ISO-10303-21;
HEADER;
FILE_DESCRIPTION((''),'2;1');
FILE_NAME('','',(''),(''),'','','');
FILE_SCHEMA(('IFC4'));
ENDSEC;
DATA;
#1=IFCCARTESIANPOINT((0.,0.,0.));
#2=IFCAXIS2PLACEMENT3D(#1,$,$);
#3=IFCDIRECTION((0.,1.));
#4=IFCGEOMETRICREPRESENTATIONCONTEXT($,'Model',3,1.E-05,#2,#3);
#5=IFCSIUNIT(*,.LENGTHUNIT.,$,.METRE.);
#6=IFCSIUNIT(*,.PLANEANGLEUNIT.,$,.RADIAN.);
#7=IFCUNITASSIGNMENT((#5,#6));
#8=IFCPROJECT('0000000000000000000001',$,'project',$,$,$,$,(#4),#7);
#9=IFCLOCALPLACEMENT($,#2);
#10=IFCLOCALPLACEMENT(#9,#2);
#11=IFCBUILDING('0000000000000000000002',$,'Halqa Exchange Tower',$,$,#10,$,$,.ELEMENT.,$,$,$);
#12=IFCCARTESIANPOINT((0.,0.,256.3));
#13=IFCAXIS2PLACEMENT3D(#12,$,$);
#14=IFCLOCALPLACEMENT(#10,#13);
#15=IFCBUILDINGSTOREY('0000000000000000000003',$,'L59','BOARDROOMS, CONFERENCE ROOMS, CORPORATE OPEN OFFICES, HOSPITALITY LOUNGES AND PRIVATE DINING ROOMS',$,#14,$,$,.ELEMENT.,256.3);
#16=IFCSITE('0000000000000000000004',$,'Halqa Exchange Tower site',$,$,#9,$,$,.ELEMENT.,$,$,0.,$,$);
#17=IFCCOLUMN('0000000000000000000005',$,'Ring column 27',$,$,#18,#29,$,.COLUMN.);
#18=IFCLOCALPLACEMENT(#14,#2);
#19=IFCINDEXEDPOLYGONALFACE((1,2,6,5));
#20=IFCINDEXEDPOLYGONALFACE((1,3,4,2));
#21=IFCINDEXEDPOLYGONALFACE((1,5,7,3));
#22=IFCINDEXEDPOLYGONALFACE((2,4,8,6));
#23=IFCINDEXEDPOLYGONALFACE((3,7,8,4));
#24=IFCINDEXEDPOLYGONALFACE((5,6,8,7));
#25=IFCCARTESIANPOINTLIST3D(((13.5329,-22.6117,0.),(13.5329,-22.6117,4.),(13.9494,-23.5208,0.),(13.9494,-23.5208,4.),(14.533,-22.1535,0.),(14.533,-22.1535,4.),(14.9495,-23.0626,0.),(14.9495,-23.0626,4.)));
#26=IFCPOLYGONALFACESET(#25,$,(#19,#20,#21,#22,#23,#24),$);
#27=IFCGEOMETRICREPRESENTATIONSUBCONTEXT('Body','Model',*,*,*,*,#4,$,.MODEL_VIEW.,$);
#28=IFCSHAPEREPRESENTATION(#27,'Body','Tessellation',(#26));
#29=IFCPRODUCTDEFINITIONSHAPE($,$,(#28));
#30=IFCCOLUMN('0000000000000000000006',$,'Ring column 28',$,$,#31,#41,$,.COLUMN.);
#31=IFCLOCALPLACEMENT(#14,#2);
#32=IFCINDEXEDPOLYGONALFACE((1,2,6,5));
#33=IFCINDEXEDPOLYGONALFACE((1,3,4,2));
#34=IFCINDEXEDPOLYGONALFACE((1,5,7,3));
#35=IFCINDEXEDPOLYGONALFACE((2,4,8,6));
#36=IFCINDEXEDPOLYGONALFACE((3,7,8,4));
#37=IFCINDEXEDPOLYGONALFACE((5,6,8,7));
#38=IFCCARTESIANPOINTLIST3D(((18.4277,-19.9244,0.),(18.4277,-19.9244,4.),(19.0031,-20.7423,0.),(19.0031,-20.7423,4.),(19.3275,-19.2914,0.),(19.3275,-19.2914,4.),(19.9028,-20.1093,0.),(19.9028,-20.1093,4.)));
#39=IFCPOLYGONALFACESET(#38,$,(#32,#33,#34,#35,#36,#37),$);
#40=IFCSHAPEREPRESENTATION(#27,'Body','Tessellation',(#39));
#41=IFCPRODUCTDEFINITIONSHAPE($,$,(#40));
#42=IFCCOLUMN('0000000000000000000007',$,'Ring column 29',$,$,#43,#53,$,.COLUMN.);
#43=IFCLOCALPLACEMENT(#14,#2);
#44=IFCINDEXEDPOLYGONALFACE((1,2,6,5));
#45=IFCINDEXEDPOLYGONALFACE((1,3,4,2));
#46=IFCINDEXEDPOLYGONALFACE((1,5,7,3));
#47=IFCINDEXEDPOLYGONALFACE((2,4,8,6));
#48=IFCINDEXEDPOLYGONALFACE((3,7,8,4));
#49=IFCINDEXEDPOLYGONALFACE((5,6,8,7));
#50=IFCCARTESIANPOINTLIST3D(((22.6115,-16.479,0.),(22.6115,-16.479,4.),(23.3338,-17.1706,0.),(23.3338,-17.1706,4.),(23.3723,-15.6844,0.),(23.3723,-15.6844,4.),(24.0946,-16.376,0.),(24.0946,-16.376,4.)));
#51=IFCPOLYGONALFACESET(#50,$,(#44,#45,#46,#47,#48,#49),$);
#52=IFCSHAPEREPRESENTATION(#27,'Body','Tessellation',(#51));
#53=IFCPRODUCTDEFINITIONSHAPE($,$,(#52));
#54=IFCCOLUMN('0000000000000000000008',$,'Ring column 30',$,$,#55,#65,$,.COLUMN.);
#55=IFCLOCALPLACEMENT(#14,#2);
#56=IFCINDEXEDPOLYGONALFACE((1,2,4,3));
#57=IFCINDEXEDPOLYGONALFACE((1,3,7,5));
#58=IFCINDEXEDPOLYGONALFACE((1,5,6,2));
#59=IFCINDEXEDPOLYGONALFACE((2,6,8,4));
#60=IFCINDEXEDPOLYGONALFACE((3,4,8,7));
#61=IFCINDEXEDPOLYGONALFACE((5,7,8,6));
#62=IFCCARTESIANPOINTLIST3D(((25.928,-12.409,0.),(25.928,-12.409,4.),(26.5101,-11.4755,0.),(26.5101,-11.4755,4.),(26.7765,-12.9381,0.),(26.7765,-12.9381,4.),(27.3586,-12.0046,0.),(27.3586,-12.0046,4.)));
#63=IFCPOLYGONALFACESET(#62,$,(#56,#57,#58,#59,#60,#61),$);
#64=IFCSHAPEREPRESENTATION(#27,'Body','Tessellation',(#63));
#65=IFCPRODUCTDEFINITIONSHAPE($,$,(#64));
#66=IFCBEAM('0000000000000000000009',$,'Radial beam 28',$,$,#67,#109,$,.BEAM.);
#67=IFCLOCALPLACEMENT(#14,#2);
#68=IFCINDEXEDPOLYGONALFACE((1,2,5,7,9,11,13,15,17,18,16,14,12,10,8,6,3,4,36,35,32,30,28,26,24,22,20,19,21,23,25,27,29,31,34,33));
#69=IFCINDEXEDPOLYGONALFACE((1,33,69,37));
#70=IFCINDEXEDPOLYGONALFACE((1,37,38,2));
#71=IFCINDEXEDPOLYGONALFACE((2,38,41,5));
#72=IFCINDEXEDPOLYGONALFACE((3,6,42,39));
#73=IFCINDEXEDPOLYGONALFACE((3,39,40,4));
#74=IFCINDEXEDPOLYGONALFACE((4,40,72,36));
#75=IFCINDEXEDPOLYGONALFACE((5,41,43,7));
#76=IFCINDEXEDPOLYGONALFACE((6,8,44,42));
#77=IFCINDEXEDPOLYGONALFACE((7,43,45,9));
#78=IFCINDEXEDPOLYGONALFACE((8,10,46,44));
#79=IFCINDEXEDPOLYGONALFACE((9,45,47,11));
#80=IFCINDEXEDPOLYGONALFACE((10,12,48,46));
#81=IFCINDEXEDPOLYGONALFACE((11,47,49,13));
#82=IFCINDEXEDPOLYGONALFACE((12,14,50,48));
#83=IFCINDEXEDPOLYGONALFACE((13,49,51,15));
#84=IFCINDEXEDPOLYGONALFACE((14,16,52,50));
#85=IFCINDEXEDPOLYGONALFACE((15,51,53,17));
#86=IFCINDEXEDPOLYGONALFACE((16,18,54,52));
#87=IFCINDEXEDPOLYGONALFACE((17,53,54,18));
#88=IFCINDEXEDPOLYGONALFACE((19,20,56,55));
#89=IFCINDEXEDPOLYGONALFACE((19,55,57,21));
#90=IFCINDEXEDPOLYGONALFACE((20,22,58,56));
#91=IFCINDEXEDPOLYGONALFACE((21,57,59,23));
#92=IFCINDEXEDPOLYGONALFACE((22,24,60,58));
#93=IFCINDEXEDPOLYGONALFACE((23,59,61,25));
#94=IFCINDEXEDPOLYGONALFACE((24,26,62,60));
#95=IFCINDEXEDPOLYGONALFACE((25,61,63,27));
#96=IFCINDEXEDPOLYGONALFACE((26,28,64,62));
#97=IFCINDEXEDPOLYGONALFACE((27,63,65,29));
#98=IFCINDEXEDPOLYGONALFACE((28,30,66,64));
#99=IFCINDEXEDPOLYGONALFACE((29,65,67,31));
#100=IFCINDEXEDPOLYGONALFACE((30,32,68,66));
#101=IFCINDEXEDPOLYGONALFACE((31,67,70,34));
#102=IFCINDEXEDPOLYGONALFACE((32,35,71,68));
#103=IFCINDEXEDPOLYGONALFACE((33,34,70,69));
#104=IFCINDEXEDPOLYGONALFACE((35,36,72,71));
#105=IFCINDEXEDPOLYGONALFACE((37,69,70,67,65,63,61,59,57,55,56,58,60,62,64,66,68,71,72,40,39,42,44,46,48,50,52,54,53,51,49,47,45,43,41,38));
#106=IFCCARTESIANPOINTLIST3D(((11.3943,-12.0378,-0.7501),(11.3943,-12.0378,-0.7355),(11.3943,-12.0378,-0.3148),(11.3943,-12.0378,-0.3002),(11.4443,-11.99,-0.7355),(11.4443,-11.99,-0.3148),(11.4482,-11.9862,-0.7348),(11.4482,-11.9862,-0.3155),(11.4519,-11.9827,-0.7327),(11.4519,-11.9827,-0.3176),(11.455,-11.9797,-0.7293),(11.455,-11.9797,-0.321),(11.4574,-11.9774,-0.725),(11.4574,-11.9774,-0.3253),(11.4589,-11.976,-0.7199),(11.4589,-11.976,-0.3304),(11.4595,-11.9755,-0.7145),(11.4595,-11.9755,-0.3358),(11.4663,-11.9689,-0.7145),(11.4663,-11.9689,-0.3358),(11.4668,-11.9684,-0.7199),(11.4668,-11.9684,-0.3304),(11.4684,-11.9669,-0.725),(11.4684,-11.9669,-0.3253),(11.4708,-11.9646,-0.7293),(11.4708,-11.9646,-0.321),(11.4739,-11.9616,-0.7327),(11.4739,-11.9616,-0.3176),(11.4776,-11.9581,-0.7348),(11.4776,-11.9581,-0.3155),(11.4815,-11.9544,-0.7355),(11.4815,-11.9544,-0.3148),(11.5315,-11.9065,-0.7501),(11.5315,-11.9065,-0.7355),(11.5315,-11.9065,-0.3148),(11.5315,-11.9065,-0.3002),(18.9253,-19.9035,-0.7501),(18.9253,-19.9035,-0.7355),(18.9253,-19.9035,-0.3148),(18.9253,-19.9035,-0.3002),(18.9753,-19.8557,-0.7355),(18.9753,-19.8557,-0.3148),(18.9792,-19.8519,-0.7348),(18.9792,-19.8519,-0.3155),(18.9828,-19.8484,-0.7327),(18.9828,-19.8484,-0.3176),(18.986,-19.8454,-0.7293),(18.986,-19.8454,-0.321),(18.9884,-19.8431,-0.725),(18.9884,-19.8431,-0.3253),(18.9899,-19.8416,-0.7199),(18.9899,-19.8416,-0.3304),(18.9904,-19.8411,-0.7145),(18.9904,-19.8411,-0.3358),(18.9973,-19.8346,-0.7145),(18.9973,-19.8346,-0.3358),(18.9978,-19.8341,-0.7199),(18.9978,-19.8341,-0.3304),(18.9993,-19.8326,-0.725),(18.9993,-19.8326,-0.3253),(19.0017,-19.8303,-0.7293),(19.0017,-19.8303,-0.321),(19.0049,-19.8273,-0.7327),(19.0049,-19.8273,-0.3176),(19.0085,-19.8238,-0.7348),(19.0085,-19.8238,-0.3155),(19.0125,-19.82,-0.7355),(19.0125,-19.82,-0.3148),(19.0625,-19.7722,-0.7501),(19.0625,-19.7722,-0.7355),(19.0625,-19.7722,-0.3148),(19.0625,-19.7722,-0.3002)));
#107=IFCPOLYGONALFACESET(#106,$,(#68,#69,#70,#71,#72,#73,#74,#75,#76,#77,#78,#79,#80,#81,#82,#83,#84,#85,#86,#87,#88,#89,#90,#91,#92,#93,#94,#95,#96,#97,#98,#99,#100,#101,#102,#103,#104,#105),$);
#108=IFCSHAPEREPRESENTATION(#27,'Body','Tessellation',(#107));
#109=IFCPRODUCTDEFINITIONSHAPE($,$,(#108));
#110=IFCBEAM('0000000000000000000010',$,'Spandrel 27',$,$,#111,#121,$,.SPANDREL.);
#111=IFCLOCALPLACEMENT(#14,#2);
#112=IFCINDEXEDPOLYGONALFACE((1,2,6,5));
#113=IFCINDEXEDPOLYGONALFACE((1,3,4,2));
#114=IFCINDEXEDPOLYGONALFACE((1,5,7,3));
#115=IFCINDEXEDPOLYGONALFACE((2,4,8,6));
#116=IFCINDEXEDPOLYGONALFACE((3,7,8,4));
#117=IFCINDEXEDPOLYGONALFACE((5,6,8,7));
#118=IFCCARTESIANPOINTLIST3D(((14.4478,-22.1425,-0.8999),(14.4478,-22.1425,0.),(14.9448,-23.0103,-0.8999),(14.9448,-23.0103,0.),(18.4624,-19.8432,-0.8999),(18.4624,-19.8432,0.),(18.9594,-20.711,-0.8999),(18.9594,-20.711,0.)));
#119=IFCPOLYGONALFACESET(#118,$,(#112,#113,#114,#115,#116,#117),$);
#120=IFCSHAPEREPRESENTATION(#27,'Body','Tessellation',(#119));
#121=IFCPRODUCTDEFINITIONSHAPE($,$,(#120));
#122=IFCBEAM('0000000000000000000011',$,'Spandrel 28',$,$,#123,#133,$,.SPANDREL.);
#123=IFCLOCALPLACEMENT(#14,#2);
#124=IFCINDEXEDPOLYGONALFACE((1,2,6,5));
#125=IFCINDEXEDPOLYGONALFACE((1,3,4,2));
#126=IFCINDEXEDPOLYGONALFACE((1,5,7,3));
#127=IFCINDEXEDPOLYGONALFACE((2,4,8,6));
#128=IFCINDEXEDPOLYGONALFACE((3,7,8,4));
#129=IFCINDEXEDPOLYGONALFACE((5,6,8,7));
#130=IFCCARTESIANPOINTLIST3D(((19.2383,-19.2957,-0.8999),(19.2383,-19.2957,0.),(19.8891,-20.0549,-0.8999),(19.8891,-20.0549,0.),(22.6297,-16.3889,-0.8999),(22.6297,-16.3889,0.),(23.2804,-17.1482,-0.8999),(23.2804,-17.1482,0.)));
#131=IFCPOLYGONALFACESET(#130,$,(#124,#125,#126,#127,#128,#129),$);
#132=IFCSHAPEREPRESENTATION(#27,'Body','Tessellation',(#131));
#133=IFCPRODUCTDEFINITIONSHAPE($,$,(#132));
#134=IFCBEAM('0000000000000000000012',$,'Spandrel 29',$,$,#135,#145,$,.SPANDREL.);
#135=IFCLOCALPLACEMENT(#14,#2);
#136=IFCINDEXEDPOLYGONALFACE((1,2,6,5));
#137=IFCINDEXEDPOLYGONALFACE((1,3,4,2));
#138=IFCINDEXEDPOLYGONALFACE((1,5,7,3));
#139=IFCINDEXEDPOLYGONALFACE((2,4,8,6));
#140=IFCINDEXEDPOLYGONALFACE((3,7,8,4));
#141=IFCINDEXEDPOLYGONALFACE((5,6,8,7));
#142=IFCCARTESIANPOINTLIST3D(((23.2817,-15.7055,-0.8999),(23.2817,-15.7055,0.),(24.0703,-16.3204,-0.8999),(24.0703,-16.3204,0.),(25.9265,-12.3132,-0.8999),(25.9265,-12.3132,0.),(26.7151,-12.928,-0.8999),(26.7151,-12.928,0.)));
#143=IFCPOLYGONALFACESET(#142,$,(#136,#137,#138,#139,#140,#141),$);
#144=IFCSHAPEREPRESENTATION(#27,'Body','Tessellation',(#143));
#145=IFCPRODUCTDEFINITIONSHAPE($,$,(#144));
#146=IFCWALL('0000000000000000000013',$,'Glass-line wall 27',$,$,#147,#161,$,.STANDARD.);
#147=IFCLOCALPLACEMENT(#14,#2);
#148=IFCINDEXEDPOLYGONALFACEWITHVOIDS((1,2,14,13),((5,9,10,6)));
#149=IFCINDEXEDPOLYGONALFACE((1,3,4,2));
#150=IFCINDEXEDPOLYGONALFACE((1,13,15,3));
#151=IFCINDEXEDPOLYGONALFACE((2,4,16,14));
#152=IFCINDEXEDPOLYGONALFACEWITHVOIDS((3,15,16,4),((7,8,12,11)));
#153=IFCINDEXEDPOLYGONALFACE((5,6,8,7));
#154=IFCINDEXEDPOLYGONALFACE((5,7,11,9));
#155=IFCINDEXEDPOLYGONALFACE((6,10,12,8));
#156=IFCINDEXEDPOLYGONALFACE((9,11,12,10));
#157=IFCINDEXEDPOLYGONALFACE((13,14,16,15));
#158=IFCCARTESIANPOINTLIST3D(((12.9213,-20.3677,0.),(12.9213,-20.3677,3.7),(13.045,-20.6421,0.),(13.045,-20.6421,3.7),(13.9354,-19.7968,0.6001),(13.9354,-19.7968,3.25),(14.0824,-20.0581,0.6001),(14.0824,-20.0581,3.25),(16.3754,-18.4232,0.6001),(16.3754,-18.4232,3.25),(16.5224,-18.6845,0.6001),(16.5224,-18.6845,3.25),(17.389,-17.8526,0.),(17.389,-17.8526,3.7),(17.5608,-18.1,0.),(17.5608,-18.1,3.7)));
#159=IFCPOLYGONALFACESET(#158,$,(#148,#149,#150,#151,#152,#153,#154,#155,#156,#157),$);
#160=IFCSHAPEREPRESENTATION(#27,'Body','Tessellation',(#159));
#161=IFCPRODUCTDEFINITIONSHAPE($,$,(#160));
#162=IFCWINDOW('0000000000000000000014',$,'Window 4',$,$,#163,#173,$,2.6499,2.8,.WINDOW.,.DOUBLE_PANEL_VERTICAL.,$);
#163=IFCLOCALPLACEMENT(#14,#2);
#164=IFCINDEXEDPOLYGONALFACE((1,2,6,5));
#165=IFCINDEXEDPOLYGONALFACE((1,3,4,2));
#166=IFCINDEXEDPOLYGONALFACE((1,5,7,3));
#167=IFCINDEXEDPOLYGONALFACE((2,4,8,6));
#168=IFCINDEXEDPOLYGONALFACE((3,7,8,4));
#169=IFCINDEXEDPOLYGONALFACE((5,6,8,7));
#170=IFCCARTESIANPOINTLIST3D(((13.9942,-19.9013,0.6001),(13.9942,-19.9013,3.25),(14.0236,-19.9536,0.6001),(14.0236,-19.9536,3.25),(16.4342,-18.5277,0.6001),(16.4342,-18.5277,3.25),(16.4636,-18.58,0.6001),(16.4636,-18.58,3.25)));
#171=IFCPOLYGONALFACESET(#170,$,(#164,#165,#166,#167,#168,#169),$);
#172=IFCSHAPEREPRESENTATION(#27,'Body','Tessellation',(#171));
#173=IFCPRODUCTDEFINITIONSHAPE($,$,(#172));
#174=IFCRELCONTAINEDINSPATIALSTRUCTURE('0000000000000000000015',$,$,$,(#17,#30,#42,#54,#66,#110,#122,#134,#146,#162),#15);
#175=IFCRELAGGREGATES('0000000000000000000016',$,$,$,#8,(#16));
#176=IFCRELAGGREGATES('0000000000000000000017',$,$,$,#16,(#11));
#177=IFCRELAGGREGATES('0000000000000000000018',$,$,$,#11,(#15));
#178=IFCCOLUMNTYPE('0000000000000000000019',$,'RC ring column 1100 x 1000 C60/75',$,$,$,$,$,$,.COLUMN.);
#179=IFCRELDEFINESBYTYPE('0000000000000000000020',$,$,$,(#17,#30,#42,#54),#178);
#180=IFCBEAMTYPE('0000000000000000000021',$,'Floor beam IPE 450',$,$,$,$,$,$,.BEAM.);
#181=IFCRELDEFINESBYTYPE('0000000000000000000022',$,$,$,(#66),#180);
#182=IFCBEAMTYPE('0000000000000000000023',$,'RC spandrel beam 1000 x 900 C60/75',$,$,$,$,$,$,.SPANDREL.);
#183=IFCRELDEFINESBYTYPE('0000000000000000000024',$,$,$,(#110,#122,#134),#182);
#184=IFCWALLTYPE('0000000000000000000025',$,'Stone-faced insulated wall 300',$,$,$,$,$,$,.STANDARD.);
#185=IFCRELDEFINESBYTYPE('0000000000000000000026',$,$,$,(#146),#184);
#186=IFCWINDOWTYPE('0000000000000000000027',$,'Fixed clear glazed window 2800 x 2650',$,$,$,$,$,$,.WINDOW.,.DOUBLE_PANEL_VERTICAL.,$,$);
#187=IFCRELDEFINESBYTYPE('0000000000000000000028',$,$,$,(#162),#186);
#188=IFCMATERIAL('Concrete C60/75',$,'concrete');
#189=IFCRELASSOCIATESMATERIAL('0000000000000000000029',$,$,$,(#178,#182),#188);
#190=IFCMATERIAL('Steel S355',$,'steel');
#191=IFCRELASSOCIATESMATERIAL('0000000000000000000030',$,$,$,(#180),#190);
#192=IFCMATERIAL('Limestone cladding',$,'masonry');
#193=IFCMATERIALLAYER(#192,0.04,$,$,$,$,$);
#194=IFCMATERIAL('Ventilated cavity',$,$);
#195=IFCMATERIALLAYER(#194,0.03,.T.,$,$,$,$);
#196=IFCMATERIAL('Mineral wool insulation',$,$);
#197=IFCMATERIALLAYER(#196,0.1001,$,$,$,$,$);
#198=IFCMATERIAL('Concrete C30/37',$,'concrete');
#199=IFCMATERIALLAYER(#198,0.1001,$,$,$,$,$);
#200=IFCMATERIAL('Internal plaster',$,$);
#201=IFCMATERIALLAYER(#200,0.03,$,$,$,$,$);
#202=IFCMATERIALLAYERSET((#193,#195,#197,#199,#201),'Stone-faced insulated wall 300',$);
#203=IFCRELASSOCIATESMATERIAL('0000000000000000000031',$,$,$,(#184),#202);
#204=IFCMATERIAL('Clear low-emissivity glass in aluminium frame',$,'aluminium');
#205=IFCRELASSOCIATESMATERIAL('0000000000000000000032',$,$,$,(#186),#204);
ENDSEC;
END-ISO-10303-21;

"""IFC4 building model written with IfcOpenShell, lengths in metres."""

from ifc_helpers import new_model, si_unit, direction, frame, frame_2d, origin, origin_2d, place, context, subcontext, project, spatial, polyline, rectangle, i_section, outline, extrude, material, layer, layer_set, material_profile, profile_set, type_object, element, fill, save


model = new_model("IFC4")

# Units and contexts
model_context = context("Model", 3, precision=1e-05, world=origin(), true_north=direction((0.0, 1.0)))
body_context = subcontext(model_context, "Body", "Model", "MODEL_VIEW")
ifc_project = project(units=[si_unit("LENGTHUNIT", "METRE"), si_unit("PLANEANGLEUNIT", "RADIAN")], contexts=[model_context])

# Site, building, storey
site_placement = place(None, origin())
site = spatial("IfcSite", under=ifc_project, at=site_placement, Name="Halqa Exchange Tower site", CompositionType="ELEMENT", RefElevation=0.0)
building_placement = place(site_placement, origin())
building = spatial("IfcBuilding", under=site, at=building_placement, Name="Halqa Exchange Tower", CompositionType="ELEMENT")
storey_placement = place(building_placement, frame((0.0, 0.0, 256.3)))
storey = spatial("IfcBuildingStorey", under=building, at=storey_placement, Name="L59", Description="BOARDROOMS, CONFERENCE ROOMS, CORPORATE OPEN OFFICES, HOSPITALITY LOUNGES AND PRIVATE DINING ROOMS", CompositionType="ELEMENT", Elevation=256.3)

# Columns
ifc_material_1 = material(Name="Concrete C60/75", Category="concrete")
ifc_material_profile_1 = material_profile(ifc_material_1, rectangle(XDim=1.1001, YDim=1.0, at=origin_2d()), Name="1100 x 1000")
ifc_profile_set_1 = profile_set([ifc_material_profile_1], Name="Concrete C60/75")
column_type = type_object("IfcColumnType", Name="RC ring column 1100 x 1000 C60/75", PredefinedType="COLUMN", material=ifc_profile_set_1)
for number, where, z_axis, x_axis, name in (
    (1, (14.2412, -22.8372, 0.0), (0.0, 0.0, 1.0), (0.909128, 0.416517, 0.0), "Ring column 27"),
    (2, (19.1653, -20.0168, 0.0), (0.0, 0.0, 1.0), (0.817907, 0.575351, 0.0), "Ring column 28"),
    (3, (23.353, -16.4275, 0.0), (0.0, 0.0, 1.0), (0.691579, 0.722301, 0.0), "Ring column 29"),
    (4, (26.6433, -12.2068, 0.0), (0.0, 0.0, 1.0), (0.52914, 0.848534, 0.0), "Ring column 30"),
):
    element("IfcColumn", number, at=place(storey_placement, frame(where, z_axis=z_axis, x_axis=x_axis)), inside=storey, type_object=column_type, Name=name, PredefinedType="COLUMN", context=body_context, shape_type="SweptSolid", body=[
        extrude(rectangle(XDim=1.1001, YDim=1.0, at=origin_2d()), origin(), (0.0, 0.0, 1.0), 4.0),
    ])

# Beams
ifc_material_2 = material(Name="Steel S355", Category="steel")
ifc_material_profile_2 = material_profile(ifc_material_2, i_section(OverallWidth=0.1899, OverallDepth=0.45, WebThickness=0.0095, FlangeThickness=0.0146, FilletRadius=0.021, at=origin_2d()), Name="IPE 450")
ifc_profile_set_2 = profile_set([ifc_material_profile_2], Name="Steel S355")
beam_type_1 = type_object("IfcBeamType", Name="Floor beam IPE 450", PredefinedType="BEAM", material=ifc_profile_set_2)
beam_1_placement = place(storey_placement, frame((11.4629, -11.9722, -0.5251), z_axis=(0.691571, -0.722308, 0.0), x_axis=(0.722308, 0.691571, 0.0)))
element("IfcBeam", 5, at=beam_1_placement, inside=storey, type_object=beam_type_1, Name="Radial beam 28", PredefinedType="BEAM", context=body_context, shape_type="SweptSolid", body=[
    extrude(i_section(OverallWidth=0.1899, OverallDepth=0.45, WebThickness=0.0095, FlangeThickness=0.0146, FilletRadius=0.021, at=origin_2d()), origin(), (0.0, 0.0, 1.0), 10.8896),
])
ifc_material_profile_3 = material_profile(ifc_material_1, rectangle(XDim=1.0, YDim=0.8999, at=origin_2d()), Name="1000 x 900")
ifc_profile_set_3 = profile_set([ifc_material_profile_3], Name="Concrete C60/75")
beam_type_2 = type_object("IfcBeamType", Name="RC spandrel beam 1000 x 900 C60/75", PredefinedType="SPANDREL", material=ifc_profile_set_3)
beam_2_placement = place(storey_placement, frame((14.6963, -22.5764, -0.45), z_axis=(0.867756, 0.496991, 0.0), x_axis=(-0.496991, 0.867756, 0.0)))
element("IfcBeam", 6, at=beam_2_placement, inside=storey, type_object=beam_type_2, Name="Spandrel 27", PredefinedType="SPANDREL", context=body_context, shape_type="SweptSolid", body=[
    extrude(rectangle(XDim=1.0, YDim=0.8999, at=origin_2d()), origin(), (0.0, 0.0, 1.0), 4.6265),
])
beam_3_placement = place(storey_placement, frame((19.5637, -19.6753, -0.45), z_axis=(0.759272, 0.650773, 0.0), x_axis=(-0.650773, 0.759272, 0.0)))
element("IfcBeam", 7, at=beam_3_placement, inside=storey, type_object=beam_type_2, Name="Spandrel 28", PredefinedType="SPANDREL", context=body_context, shape_type="SweptSolid", body=[
    extrude(rectangle(XDim=1.0, YDim=0.8999, at=origin_2d()), origin(), (0.0, 0.0, 1.0), 4.4666),
])
beam_4_placement = place(storey_placement, frame((23.676, -16.0129, -0.45), z_axis=(0.614852, 0.788643, 0.0), x_axis=(-0.788643, 0.614852, 0.0)))
element("IfcBeam", 8, at=beam_4_placement, inside=storey, type_object=beam_type_2, Name="Spandrel 29", PredefinedType="SPANDREL", context=body_context, shape_type="SweptSolid", body=[
    extrude(rectangle(XDim=1.0, YDim=0.8999, at=origin_2d()), origin(), (0.0, 0.0, 1.0), 4.3015),
])

# Wall, opening, window
ifc_material_3 = material(Name="Limestone cladding", Category="masonry")
ifc_layer_1 = layer(ifc_material_3, 0.04)
ifc_material_4 = material(Name="Ventilated cavity")
ifc_layer_2 = layer(ifc_material_4, 0.03, ventilated=True)
ifc_material_5 = material(Name="Mineral wool insulation")
ifc_layer_3 = layer(ifc_material_5, 0.1001)
ifc_material_6 = material(Name="Concrete C30/37", Category="concrete")
ifc_layer_4 = layer(ifc_material_6, 0.1001)
ifc_material_7 = material(Name="Internal plaster")
ifc_layer_5 = layer(ifc_material_7, 0.03)
ifc_layer_set_1 = layer_set([ifc_layer_1, ifc_layer_2, ifc_layer_3, ifc_layer_4, ifc_layer_5], Name="Stone-faced insulated wall 300")
wall_type_1 = type_object("IfcWallType", Name="Stone-faced insulated wall 300", PredefinedType="STANDARD", material=ifc_layer_set_1)
wall_1_placement = place(storey_placement, frame((12.9832, -20.5049, 0.0), z_axis=(0.0, 0.0, 1.0), x_axis=(0.871411, 0.490554, 0.0)))
wall_1 = element("IfcWall", 9, at=wall_1_placement, inside=storey, type_object=wall_type_1, Name="Glass-line wall 27", PredefinedType="STANDARD", context=body_context, shape_type="SweptSolid", body=[
    extrude(outline(polyline([(-0.0134, -0.1499), (5.1687, -0.1499), (5.1404, 0.1499), (0.0134, 0.1499), (-0.0134, -0.1499)])), origin(), (0.0, 0.0, 1.0), 3.7),
])
opening_1_placement = place(wall_1_placement, frame((1.1772, 0.0, 0.6001)))
opening_1 = element("IfcOpeningElement", 10, at=opening_1_placement, cuts=wall_1, PredefinedType="OPENING", context=body_context, shape_type="SweptSolid", body=[
    extrude(rectangle(XDim=2.8, YDim=2.6499, at=frame_2d((1.3999, 1.325))), frame((0.0, 0.1621, 0.0), z_axis=(0.0, -1.0, 0.0), x_axis=(1.0, 0.0, 0.0)), (0.0, 0.0, 1.0), 0.324),
])
ifc_material_8 = material(Name="Clear low-emissivity glass in aluminium frame", Category="aluminium")
window_type = type_object("IfcWindowType", Name="Fixed clear glazed window 2800 x 2650", PartitioningType="DOUBLE_PANEL_VERTICAL", PredefinedType="WINDOW", material=ifc_material_8)
window_1_placement = place(opening_1_placement, origin())
window_1 = element("IfcWindow", 11, at=window_1_placement, inside=storey, type_object=window_type, Name="Window 4", OverallHeight=2.6499, OverallWidth=2.8, PartitioningType="DOUBLE_PANEL_VERTICAL", PredefinedType="WINDOW", context=body_context, shape_type="SweptSolid", body=[
    extrude(rectangle(XDim=2.8, YDim=2.6499, at=frame_2d((1.3999, 1.325))), frame((0.0, 0.03, 0.0), z_axis=(0.0, -1.0, 0.0), x_axis=(1.0, 0.0, 0.0)), (0.0, 0.0, 1.0), 0.0601),
])
fill(opening_1, window_1)

save(model, "model.ifc")
